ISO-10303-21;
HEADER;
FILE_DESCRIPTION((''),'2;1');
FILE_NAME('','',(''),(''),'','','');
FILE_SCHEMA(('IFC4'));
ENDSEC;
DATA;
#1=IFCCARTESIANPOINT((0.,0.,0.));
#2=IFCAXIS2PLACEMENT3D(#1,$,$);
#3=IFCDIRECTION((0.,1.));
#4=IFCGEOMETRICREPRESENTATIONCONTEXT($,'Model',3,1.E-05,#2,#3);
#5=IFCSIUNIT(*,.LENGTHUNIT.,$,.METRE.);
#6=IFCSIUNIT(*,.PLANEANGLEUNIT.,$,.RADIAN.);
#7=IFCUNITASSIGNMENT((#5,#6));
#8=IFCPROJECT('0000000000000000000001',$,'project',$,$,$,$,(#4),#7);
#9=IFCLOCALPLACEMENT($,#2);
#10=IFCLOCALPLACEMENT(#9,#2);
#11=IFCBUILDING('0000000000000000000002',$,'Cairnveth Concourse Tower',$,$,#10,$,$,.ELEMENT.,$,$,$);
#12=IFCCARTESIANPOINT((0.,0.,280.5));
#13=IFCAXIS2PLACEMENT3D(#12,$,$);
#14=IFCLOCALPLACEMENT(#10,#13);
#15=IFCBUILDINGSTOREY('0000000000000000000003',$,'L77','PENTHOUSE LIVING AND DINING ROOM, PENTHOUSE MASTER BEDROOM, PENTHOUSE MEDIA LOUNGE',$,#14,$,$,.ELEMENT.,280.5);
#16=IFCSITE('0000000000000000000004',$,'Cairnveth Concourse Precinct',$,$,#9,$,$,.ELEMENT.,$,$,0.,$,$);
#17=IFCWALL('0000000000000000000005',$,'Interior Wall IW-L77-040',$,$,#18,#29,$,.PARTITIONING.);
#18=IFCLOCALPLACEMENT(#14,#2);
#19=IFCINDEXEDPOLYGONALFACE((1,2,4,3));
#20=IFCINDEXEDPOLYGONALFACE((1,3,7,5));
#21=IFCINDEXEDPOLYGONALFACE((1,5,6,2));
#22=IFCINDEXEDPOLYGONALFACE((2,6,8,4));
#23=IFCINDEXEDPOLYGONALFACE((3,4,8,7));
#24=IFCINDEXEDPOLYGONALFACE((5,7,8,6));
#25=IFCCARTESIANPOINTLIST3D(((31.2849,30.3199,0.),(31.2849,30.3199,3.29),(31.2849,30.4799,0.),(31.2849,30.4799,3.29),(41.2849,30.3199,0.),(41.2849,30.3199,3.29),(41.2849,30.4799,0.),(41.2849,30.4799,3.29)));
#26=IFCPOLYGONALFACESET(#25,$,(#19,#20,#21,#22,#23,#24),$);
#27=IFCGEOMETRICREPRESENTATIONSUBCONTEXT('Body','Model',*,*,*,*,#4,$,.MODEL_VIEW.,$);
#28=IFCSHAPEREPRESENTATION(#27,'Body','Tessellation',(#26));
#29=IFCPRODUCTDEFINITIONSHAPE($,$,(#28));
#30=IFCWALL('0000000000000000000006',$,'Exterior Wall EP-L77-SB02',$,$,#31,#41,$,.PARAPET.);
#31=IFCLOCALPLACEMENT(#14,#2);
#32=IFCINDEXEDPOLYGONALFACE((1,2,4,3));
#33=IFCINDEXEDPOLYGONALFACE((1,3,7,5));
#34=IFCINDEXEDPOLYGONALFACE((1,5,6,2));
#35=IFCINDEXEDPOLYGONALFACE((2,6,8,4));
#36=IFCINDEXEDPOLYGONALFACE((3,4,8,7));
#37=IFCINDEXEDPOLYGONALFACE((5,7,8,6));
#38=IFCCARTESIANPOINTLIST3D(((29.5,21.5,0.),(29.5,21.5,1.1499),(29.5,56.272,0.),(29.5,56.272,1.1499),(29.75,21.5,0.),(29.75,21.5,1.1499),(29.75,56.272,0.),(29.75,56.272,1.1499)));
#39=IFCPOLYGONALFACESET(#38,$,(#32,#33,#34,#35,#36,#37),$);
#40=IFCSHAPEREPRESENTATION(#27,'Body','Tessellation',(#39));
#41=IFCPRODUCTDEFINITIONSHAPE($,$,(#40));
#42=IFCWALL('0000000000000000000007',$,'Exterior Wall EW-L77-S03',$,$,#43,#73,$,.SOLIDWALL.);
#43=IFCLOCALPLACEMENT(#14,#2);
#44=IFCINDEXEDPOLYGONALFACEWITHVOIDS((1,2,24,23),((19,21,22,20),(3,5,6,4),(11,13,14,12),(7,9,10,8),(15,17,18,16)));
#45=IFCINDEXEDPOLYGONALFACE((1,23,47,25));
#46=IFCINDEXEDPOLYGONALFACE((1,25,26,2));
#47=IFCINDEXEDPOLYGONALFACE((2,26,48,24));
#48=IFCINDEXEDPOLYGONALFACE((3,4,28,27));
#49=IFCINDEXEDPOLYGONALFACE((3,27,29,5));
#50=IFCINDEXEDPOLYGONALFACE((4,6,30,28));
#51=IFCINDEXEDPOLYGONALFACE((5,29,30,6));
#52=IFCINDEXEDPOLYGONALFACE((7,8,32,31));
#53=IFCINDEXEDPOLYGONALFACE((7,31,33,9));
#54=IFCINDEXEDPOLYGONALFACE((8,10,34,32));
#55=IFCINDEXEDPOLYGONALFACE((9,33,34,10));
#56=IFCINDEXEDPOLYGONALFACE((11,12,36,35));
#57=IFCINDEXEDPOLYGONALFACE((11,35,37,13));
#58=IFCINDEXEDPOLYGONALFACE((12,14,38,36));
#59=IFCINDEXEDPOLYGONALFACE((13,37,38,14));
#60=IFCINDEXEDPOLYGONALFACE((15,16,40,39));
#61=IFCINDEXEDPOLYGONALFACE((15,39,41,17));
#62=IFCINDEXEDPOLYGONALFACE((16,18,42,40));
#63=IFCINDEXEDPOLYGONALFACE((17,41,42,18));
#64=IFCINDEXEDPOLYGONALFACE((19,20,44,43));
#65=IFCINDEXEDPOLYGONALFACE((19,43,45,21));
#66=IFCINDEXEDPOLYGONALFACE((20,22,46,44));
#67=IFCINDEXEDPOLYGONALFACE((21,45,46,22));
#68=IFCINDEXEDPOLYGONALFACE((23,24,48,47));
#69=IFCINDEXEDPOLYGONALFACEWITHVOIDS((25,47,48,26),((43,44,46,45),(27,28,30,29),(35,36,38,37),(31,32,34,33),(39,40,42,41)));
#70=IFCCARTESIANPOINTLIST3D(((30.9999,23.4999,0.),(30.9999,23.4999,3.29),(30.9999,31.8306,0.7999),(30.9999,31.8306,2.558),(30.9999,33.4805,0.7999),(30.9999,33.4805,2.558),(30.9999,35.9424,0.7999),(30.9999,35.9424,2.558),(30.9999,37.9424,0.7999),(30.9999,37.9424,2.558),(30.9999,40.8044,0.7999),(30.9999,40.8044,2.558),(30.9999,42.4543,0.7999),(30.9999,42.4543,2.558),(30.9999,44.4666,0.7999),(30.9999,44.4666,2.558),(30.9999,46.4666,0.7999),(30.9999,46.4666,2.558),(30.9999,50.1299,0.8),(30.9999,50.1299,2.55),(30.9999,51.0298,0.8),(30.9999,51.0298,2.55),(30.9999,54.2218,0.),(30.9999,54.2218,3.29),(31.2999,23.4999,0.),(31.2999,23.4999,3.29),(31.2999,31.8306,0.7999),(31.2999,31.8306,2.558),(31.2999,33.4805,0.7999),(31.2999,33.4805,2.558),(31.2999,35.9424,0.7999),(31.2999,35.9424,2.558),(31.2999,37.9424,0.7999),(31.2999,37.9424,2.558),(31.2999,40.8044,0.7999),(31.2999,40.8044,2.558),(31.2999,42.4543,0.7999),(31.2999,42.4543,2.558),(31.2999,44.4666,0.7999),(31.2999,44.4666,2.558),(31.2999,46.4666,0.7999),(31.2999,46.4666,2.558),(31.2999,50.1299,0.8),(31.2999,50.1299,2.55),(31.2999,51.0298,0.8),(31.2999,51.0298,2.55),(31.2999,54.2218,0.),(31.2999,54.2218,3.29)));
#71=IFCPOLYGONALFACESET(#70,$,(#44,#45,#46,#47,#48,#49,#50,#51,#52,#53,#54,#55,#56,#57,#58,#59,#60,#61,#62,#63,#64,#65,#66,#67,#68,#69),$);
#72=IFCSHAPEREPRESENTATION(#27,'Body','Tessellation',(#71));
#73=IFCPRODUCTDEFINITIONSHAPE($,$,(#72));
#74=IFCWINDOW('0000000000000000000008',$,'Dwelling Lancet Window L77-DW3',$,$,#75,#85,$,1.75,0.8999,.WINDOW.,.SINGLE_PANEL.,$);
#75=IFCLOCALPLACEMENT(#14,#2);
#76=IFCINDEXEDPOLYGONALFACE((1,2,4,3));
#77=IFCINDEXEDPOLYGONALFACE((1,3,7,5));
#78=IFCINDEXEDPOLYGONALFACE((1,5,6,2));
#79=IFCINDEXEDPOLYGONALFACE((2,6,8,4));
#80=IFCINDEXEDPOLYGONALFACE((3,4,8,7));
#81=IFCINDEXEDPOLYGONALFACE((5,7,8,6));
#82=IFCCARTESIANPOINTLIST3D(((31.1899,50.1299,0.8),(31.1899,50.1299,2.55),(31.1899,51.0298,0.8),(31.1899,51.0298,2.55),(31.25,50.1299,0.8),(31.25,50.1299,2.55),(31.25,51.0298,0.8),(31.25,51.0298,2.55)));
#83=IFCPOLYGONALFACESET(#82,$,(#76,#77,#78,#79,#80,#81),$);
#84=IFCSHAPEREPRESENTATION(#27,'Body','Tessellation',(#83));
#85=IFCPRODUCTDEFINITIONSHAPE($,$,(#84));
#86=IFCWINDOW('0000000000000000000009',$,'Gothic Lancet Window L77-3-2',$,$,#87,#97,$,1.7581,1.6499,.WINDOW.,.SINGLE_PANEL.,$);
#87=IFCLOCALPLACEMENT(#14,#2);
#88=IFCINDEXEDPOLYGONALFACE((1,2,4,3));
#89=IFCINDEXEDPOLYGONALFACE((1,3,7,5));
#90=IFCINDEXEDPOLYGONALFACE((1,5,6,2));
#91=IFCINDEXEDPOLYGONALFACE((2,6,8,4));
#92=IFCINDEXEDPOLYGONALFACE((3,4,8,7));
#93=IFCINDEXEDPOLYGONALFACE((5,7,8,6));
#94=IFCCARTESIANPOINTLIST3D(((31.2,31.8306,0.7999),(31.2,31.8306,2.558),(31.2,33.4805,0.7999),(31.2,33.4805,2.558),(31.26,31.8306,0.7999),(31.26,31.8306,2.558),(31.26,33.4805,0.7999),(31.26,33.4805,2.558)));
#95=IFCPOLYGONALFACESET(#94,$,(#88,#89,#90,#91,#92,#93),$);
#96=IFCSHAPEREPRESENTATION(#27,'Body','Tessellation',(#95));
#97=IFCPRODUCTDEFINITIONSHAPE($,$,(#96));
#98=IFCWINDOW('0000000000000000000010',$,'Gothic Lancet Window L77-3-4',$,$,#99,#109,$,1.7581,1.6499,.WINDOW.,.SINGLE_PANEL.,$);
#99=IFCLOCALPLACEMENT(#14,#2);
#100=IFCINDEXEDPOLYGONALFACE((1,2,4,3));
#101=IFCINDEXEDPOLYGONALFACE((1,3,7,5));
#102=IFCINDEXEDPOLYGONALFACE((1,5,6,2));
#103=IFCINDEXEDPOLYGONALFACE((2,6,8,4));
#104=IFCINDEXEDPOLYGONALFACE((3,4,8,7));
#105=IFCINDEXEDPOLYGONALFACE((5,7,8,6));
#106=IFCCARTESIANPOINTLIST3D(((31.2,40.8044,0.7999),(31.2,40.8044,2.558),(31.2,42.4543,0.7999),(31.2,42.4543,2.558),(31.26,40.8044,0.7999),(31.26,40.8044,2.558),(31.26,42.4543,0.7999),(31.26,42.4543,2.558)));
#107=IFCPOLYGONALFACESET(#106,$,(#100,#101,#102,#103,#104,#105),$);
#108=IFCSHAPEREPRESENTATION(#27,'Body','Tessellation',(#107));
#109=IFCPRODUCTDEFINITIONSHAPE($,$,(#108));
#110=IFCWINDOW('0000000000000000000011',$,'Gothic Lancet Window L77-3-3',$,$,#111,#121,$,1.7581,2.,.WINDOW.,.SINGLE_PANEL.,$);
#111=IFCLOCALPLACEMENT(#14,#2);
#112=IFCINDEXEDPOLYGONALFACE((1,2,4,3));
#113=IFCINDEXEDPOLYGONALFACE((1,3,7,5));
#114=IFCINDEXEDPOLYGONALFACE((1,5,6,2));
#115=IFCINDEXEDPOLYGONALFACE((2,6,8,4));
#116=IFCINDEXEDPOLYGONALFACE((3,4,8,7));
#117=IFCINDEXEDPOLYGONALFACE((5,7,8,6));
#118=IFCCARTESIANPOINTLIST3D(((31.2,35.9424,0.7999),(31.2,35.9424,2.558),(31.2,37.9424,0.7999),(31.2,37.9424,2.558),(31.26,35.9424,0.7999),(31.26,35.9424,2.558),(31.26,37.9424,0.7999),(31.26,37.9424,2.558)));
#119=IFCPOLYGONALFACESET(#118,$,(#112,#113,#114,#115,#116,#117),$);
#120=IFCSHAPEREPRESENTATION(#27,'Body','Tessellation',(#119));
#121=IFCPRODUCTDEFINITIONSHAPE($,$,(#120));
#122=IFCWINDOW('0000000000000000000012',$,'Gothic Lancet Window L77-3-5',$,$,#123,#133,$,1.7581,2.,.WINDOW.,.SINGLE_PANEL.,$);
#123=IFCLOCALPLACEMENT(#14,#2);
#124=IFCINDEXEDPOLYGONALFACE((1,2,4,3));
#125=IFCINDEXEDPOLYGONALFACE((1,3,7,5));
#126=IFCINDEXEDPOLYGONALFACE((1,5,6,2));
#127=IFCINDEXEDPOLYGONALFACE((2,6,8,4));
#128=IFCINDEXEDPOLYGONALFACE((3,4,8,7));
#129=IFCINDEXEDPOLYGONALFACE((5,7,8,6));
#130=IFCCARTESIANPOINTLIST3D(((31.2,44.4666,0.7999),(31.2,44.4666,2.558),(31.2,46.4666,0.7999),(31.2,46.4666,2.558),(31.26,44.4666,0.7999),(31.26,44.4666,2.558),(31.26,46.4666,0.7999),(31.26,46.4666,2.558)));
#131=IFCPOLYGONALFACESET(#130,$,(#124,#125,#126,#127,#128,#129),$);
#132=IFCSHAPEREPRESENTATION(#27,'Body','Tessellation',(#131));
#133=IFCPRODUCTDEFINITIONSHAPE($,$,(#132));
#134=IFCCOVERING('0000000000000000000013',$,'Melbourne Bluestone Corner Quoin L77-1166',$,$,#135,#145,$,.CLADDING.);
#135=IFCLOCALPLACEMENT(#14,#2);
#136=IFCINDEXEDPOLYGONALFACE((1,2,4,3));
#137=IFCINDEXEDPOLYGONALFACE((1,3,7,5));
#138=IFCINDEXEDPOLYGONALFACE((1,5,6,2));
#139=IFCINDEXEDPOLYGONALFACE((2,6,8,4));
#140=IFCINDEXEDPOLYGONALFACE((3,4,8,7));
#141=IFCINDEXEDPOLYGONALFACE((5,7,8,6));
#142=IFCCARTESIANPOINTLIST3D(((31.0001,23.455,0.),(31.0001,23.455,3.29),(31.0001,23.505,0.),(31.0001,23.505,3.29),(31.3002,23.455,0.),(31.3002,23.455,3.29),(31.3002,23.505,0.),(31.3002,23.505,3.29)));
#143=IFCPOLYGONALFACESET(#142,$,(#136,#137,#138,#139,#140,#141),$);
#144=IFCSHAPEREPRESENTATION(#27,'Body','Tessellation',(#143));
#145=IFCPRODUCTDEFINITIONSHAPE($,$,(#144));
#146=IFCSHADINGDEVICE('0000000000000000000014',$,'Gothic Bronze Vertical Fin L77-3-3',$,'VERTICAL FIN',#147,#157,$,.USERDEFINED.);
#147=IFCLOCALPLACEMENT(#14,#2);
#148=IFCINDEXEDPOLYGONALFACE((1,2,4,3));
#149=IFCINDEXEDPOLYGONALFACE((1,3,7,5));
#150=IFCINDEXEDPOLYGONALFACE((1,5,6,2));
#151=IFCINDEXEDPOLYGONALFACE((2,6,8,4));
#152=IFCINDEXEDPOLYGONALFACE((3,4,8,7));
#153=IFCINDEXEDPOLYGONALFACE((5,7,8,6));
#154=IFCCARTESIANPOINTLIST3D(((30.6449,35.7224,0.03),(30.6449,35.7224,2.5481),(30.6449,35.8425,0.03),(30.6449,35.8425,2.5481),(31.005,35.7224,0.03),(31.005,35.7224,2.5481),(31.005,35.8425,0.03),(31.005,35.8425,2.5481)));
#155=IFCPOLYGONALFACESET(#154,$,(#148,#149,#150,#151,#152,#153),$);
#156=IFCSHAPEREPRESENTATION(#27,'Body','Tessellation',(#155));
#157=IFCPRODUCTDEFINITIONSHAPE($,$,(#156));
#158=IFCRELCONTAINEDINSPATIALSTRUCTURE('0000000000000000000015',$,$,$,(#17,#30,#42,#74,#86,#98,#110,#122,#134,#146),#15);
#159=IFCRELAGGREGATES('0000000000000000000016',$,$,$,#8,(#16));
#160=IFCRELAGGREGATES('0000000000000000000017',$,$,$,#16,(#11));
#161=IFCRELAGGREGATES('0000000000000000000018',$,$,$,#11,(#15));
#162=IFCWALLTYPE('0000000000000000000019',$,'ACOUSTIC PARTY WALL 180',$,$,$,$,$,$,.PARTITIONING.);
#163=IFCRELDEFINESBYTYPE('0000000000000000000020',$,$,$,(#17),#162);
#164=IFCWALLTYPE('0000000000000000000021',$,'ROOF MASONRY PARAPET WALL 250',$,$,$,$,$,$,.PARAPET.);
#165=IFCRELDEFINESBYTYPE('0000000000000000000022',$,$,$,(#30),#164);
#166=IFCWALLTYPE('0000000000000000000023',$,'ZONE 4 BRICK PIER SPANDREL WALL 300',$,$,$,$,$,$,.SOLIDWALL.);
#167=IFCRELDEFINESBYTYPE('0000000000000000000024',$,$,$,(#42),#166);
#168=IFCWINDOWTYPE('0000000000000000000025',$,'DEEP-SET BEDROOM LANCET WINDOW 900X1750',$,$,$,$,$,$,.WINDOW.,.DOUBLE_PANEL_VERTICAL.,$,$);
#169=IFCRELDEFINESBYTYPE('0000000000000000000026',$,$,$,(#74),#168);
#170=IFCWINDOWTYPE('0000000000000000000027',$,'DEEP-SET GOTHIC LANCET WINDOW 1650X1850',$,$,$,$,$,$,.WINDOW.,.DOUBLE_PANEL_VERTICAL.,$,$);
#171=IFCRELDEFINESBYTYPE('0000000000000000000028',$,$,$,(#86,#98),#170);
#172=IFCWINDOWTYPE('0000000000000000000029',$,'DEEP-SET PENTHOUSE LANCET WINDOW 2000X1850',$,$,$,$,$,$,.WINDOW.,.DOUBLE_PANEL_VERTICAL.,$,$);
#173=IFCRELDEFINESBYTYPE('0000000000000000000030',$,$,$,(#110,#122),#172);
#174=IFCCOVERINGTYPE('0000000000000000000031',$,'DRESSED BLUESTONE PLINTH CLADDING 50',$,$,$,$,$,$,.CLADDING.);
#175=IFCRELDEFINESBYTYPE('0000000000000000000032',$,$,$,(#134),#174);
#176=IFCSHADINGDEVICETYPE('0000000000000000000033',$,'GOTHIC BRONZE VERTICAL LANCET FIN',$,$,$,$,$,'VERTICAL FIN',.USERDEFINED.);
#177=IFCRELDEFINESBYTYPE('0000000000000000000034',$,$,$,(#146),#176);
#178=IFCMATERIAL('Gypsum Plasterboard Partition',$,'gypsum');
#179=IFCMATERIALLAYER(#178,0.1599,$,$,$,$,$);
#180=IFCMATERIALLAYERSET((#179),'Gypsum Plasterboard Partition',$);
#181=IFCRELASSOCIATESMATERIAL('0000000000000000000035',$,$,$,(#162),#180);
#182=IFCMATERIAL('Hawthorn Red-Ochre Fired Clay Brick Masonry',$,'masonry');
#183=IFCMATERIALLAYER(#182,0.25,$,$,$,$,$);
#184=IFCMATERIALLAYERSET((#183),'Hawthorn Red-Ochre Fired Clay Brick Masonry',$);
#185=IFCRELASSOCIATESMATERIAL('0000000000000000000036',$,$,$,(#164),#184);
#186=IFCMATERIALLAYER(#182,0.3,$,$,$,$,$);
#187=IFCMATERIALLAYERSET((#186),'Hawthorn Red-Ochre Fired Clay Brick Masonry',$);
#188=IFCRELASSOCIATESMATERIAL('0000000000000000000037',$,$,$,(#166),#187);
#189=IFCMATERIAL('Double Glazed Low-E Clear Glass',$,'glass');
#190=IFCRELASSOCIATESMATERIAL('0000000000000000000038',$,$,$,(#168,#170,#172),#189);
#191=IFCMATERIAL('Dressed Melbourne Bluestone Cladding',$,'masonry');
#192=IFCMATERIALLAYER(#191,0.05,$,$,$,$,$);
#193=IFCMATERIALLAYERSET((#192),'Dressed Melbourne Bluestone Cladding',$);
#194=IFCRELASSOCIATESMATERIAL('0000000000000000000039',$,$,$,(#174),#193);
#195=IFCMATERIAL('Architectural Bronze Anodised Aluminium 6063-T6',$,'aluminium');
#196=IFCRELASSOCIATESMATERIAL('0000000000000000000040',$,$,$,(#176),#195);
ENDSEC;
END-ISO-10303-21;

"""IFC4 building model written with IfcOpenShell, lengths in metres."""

from ifc_helpers import new_model, si_unit, direction, frame, frame_2d, origin, origin_2d, place, context, subcontext, project, spatial, rectangle, extrude, material, layer, layer_set, type_object, element, fill, save


model = new_model("IFC4")

# Units and contexts
model_context = context("Model", 3, precision=1e-05, world=origin(), true_north=direction((0.0, 1.0)))
body_context = subcontext(model_context, "Body", "Model", "MODEL_VIEW")
ifc_project = project(units=[si_unit("LENGTHUNIT", "METRE"), si_unit("PLANEANGLEUNIT", "RADIAN")], contexts=[model_context])

# Site, building, storey
site_placement = place(None, origin())
site = spatial("IfcSite", under=ifc_project, at=site_placement, Name="Cairnveth Concourse Precinct", CompositionType="ELEMENT", RefElevation=0.0)
building_placement = place(site_placement, origin())
building = spatial("IfcBuilding", under=site, at=building_placement, Name="Cairnveth Concourse Tower", CompositionType="ELEMENT")
storey_placement = place(building_placement, frame((0.0, 0.0, 280.5)))
storey = spatial("IfcBuildingStorey", under=building, at=storey_placement, Name="L77", Description="PENTHOUSE LIVING AND DINING ROOM, PENTHOUSE MASTER BEDROOM, PENTHOUSE MEDIA LOUNGE", CompositionType="ELEMENT", Elevation=280.5)

# Shared definitions
ifc_material_1 = material(Name="Gypsum Plasterboard Partition", Category="gypsum")
ifc_layer_1 = layer(ifc_material_1, 0.1599)
ifc_layer_set_1 = layer_set([ifc_layer_1], Name="Gypsum Plasterboard Partition")
wall_type_1 = type_object("IfcWallType", Name="ACOUSTIC PARTY WALL 180", PredefinedType="PARTITIONING", material=ifc_layer_set_1)

# Walls
wall_1_placement = place(storey_placement, frame((31.2849, 30.3999, 0.0), z_axis=(0.0, 0.0, 1.0), x_axis=(1.0, 0.0, 0.0)))
element("IfcWall", 1, at=wall_1_placement, inside=storey, type_object=wall_type_1, Name="Interior Wall IW-L77-040", PredefinedType="PARTITIONING", context=body_context, shape_type="SweptSolid", body=[
    extrude(rectangle(XDim=10.0, YDim=0.1599, at=frame_2d((5.0, 0.0))), origin(), (0.0, 0.0, 1.0), 3.29),
])
ifc_material_2 = material(Name="Hawthorn Red-Ochre Fired Clay Brick Masonry", Category="masonry")
ifc_layer_2 = layer(ifc_material_2, 0.25)
ifc_layer_set_2 = layer_set([ifc_layer_2], Name="Hawthorn Red-Ochre Fired Clay Brick Masonry")
wall_type_2 = type_object("IfcWallType", Name="ROOF MASONRY PARAPET WALL 250", PredefinedType="PARAPET", material=ifc_layer_set_2)
wall_2_placement = place(storey_placement, frame((29.625, 21.5, 0.0), z_axis=(0.0, 0.0, 1.0), x_axis=(0.0, 1.0, 0.0)))
element("IfcWall", 2, at=wall_2_placement, inside=storey, type_object=wall_type_2, Name="Exterior Wall EP-L77-SB02", PredefinedType="PARAPET", context=body_context, shape_type="SweptSolid", body=[
    extrude(rectangle(XDim=34.772, YDim=0.25, at=frame_2d((17.386, 0.0))), origin(), (0.0, 0.0, 1.0), 1.1499),
])

# Wall, openings, windows
ifc_layer_3 = layer(ifc_material_2, 0.3)
ifc_layer_set_3 = layer_set([ifc_layer_3], Name="Hawthorn Red-Ochre Fired Clay Brick Masonry")
wall_type_3 = type_object("IfcWallType", Name="ZONE 4 BRICK PIER SPANDREL WALL 300", PredefinedType="SOLIDWALL", material=ifc_layer_set_3)
wall_3_placement = place(storey_placement, frame((31.1499, 23.5, 0.0), z_axis=(0.0, 0.0, 1.0), x_axis=(0.0, 1.0, 0.0)))
wall_3 = element("IfcWall", 3, at=wall_3_placement, inside=storey, type_object=wall_type_3, Name="Exterior Wall EW-L77-S03", PredefinedType="SOLIDWALL", context=body_context, shape_type="SweptSolid", body=[
    extrude(rectangle(XDim=30.7219, YDim=0.3, at=frame_2d((15.3608, 0.0))), origin(), (0.0, 0.0, 1.0), 3.29),
])
opening_1_placement = place(wall_3_placement, frame((8.3306, 0.0, 0.8)))
opening_1 = element("IfcOpeningElement", 4, at=opening_1_placement, cuts=wall_3, PredefinedType="OPENING", context=body_context, shape_type="SweptSolid", body=[
    extrude(rectangle(XDim=1.6499, YDim=1.7581, at=frame_2d((0.825, 0.8789))), frame((0.0, 0.1599, 0.0), z_axis=(0.0, -1.0, 0.0), x_axis=(1.0, 0.0, 0.0)), (0.0, 0.0, 1.0), 0.3201),
])
opening_2_placement = place(wall_3_placement, frame((12.4424, 0.0, 0.8)))
opening_2 = element("IfcOpeningElement", 5, at=opening_2_placement, cuts=wall_3, PredefinedType="OPENING", context=body_context, shape_type="SweptSolid", body=[
    extrude(rectangle(XDim=2.0, YDim=1.7581, at=frame_2d((1.0, 0.8789))), frame((0.0, 0.1599, 0.0), z_axis=(0.0, -1.0, 0.0), x_axis=(1.0, 0.0, 0.0)), (0.0, 0.0, 1.0), 0.3201),
])
opening_3_placement = place(wall_3_placement, frame((17.3044, 0.0, 0.8)))
opening_3 = element("IfcOpeningElement", 6, at=opening_3_placement, cuts=wall_3, PredefinedType="OPENING", context=body_context, shape_type="SweptSolid", body=[
    extrude(rectangle(XDim=1.6499, YDim=1.7581, at=frame_2d((0.825, 0.8789))), frame((0.0, 0.1599, 0.0), z_axis=(0.0, -1.0, 0.0), x_axis=(1.0, 0.0, 0.0)), (0.0, 0.0, 1.0), 0.3201),
])
opening_4_placement = place(wall_3_placement, frame((20.9666, 0.0, 0.8)))
opening_4 = element("IfcOpeningElement", 7, at=opening_4_placement, cuts=wall_3, PredefinedType="OPENING", context=body_context, shape_type="SweptSolid", body=[
    extrude(rectangle(XDim=2.0, YDim=1.7581, at=frame_2d((1.0, 0.8789))), frame((0.0, 0.1599, 0.0), z_axis=(0.0, -1.0, 0.0), x_axis=(1.0, 0.0, 0.0)), (0.0, 0.0, 1.0), 0.3201),
])
opening_5_placement = place(wall_3_placement, frame((26.6299, 0.0, 0.8)))
opening_5 = element("IfcOpeningElement", 8, at=opening_5_placement, cuts=wall_3, PredefinedType="OPENING", context=body_context, shape_type="SweptSolid", body=[
    extrude(rectangle(XDim=0.8999, YDim=1.75, at=frame_2d((0.45, 0.875))), frame((0.0, 0.1599, 0.0), z_axis=(0.0, -1.0, 0.0), x_axis=(1.0, 0.0, 0.0)), (0.0, 0.0, 1.0), 0.3201),
])
ifc_material_3 = material(Name="Double Glazed Low-E Clear Glass", Category="glass")
window_type_1 = type_object("IfcWindowType", Name="DEEP-SET BEDROOM LANCET WINDOW 900X1750", PartitioningType="DOUBLE_PANEL_VERTICAL", PredefinedType="WINDOW", material=ifc_material_3)
window_1_placement = place(opening_5_placement, origin())
window_1 = element("IfcWindow", 9, at=window_1_placement, inside=storey, type_object=window_type_1, Name="Dwelling Lancet Window L77-DW3", OverallHeight=1.75, OverallWidth=0.8999, PartitioningType="SINGLE_PANEL", PredefinedType="WINDOW", context=body_context, shape_type="SweptSolid", body=[
    extrude(rectangle(XDim=0.8999, YDim=1.75, at=frame_2d((0.45, 0.875))), frame((0.0, -0.04, 0.0), z_axis=(0.0, -1.0, 0.0), x_axis=(1.0, 0.0, 0.0)), (0.0, 0.0, 1.0), 0.0601),
])
fill(opening_5, window_1)
window_type_2 = type_object("IfcWindowType", Name="DEEP-SET GOTHIC LANCET WINDOW 1650X1850", PartitioningType="DOUBLE_PANEL_VERTICAL", PredefinedType="WINDOW", material=ifc_material_3)
window_2_placement = place(opening_1_placement, origin())
window_2 = element("IfcWindow", 10, at=window_2_placement, inside=storey, type_object=window_type_2, Name="Gothic Lancet Window L77-3-2", OverallHeight=1.7581, OverallWidth=1.6499, PartitioningType="SINGLE_PANEL", PredefinedType="WINDOW", context=body_context, shape_type="SweptSolid", body=[
    extrude(rectangle(XDim=1.6499, YDim=1.7581, at=frame_2d((0.825, 0.8789))), frame((0.0, -0.05, 0.0), z_axis=(0.0, -1.0, 0.0), x_axis=(1.0, 0.0, 0.0)), (0.0, 0.0, 1.0), 0.0601),
])
fill(opening_1, window_2)
window_3_placement = place(opening_3_placement, origin())
window_3 = element("IfcWindow", 11, at=window_3_placement, inside=storey, type_object=window_type_2, Name="Gothic Lancet Window L77-3-4", OverallHeight=1.7581, OverallWidth=1.6499, PartitioningType="SINGLE_PANEL", PredefinedType="WINDOW", context=body_context, shape_type="SweptSolid", body=[
    extrude(rectangle(XDim=1.6499, YDim=1.7581, at=frame_2d((0.825, 0.8789))), frame((0.0, -0.05, 0.0), z_axis=(0.0, -1.0, 0.0), x_axis=(1.0, 0.0, 0.0)), (0.0, 0.0, 1.0), 0.0601),
])
fill(opening_3, window_3)
window_type_3 = type_object("IfcWindowType", Name="DEEP-SET PENTHOUSE LANCET WINDOW 2000X1850", PartitioningType="DOUBLE_PANEL_VERTICAL", PredefinedType="WINDOW", material=ifc_material_3)
window_4_placement = place(opening_2_placement, origin())
window_4 = element("IfcWindow", 12, at=window_4_placement, inside=storey, type_object=window_type_3, Name="Gothic Lancet Window L77-3-3", OverallHeight=1.7581, OverallWidth=2.0, PartitioningType="SINGLE_PANEL", PredefinedType="WINDOW", context=body_context, shape_type="SweptSolid", body=[
    extrude(rectangle(XDim=2.0, YDim=1.7581, at=frame_2d((1.0, 0.8789))), frame((0.0, -0.05, 0.0), z_axis=(0.0, -1.0, 0.0), x_axis=(1.0, 0.0, 0.0)), (0.0, 0.0, 1.0), 0.0601),
])
fill(opening_2, window_4)
window_5_placement = place(opening_4_placement, origin())
window_5 = element("IfcWindow", 13, at=window_5_placement, inside=storey, type_object=window_type_3, Name="Gothic Lancet Window L77-3-5", OverallHeight=1.7581, OverallWidth=2.0, PartitioningType="SINGLE_PANEL", PredefinedType="WINDOW", context=body_context, shape_type="SweptSolid", body=[
    extrude(rectangle(XDim=2.0, YDim=1.7581, at=frame_2d((1.0, 0.8789))), frame((0.0, -0.05, 0.0), z_axis=(0.0, -1.0, 0.0), x_axis=(1.0, 0.0, 0.0)), (0.0, 0.0, 1.0), 0.0601),
])
fill(opening_4, window_5)

# Covering
ifc_material_4 = material(Name="Dressed Melbourne Bluestone Cladding", Category="masonry")
ifc_layer_4 = layer(ifc_material_4, 0.05)
ifc_layer_set_4 = layer_set([ifc_layer_4], Name="Dressed Melbourne Bluestone Cladding")
covering_type = type_object("IfcCoveringType", Name="DRESSED BLUESTONE PLINTH CLADDING 50", PredefinedType="CLADDING", material=ifc_layer_set_4)
covering_placement = place(storey_placement, frame((31.3, 23.48, 0.0), z_axis=(0.0, 0.0, 1.0), x_axis=(-1.0, 0.0, 0.0)))
element("IfcCovering", 14, at=covering_placement, inside=storey, type_object=covering_type, Name="Melbourne Bluestone Corner Quoin L77-1166", PredefinedType="CLADDING", context=body_context, shape_type="SweptSolid", body=[
    extrude(rectangle(XDim=0.3, YDim=0.05, at=frame_2d((0.1499, 0.0))), origin(), (0.0, 0.0, 1.0), 3.29),
])

# Shading device
ifc_material_5 = material(Name="Architectural Bronze Anodised Aluminium 6063-T6", Category="aluminium")
shading_device_type = type_object("IfcShadingDeviceType", Name="GOTHIC BRONZE VERTICAL LANCET FIN", ElementType="VERTICAL FIN", PredefinedType="USERDEFINED", material=ifc_material_5)
shading_device_placement = place(storey_placement, frame((30.825, 35.7825, 0.03), z_axis=(0.0, 0.0, 1.0), x_axis=(0.0, 1.0, 0.0)))
element("IfcShadingDevice", 15, at=shading_device_placement, inside=storey, type_object=shading_device_type, Name="Gothic Bronze Vertical Fin L77-3-3", ObjectType="VERTICAL FIN", PredefinedType="USERDEFINED", context=body_context, shape_type="SweptSolid", body=[
    extrude(rectangle(XDim=0.1201, YDim=0.3601, at=origin_2d()), origin(), (0.0, 0.0, 1.0), 2.5181),
])

save(model, "model.ifc")
